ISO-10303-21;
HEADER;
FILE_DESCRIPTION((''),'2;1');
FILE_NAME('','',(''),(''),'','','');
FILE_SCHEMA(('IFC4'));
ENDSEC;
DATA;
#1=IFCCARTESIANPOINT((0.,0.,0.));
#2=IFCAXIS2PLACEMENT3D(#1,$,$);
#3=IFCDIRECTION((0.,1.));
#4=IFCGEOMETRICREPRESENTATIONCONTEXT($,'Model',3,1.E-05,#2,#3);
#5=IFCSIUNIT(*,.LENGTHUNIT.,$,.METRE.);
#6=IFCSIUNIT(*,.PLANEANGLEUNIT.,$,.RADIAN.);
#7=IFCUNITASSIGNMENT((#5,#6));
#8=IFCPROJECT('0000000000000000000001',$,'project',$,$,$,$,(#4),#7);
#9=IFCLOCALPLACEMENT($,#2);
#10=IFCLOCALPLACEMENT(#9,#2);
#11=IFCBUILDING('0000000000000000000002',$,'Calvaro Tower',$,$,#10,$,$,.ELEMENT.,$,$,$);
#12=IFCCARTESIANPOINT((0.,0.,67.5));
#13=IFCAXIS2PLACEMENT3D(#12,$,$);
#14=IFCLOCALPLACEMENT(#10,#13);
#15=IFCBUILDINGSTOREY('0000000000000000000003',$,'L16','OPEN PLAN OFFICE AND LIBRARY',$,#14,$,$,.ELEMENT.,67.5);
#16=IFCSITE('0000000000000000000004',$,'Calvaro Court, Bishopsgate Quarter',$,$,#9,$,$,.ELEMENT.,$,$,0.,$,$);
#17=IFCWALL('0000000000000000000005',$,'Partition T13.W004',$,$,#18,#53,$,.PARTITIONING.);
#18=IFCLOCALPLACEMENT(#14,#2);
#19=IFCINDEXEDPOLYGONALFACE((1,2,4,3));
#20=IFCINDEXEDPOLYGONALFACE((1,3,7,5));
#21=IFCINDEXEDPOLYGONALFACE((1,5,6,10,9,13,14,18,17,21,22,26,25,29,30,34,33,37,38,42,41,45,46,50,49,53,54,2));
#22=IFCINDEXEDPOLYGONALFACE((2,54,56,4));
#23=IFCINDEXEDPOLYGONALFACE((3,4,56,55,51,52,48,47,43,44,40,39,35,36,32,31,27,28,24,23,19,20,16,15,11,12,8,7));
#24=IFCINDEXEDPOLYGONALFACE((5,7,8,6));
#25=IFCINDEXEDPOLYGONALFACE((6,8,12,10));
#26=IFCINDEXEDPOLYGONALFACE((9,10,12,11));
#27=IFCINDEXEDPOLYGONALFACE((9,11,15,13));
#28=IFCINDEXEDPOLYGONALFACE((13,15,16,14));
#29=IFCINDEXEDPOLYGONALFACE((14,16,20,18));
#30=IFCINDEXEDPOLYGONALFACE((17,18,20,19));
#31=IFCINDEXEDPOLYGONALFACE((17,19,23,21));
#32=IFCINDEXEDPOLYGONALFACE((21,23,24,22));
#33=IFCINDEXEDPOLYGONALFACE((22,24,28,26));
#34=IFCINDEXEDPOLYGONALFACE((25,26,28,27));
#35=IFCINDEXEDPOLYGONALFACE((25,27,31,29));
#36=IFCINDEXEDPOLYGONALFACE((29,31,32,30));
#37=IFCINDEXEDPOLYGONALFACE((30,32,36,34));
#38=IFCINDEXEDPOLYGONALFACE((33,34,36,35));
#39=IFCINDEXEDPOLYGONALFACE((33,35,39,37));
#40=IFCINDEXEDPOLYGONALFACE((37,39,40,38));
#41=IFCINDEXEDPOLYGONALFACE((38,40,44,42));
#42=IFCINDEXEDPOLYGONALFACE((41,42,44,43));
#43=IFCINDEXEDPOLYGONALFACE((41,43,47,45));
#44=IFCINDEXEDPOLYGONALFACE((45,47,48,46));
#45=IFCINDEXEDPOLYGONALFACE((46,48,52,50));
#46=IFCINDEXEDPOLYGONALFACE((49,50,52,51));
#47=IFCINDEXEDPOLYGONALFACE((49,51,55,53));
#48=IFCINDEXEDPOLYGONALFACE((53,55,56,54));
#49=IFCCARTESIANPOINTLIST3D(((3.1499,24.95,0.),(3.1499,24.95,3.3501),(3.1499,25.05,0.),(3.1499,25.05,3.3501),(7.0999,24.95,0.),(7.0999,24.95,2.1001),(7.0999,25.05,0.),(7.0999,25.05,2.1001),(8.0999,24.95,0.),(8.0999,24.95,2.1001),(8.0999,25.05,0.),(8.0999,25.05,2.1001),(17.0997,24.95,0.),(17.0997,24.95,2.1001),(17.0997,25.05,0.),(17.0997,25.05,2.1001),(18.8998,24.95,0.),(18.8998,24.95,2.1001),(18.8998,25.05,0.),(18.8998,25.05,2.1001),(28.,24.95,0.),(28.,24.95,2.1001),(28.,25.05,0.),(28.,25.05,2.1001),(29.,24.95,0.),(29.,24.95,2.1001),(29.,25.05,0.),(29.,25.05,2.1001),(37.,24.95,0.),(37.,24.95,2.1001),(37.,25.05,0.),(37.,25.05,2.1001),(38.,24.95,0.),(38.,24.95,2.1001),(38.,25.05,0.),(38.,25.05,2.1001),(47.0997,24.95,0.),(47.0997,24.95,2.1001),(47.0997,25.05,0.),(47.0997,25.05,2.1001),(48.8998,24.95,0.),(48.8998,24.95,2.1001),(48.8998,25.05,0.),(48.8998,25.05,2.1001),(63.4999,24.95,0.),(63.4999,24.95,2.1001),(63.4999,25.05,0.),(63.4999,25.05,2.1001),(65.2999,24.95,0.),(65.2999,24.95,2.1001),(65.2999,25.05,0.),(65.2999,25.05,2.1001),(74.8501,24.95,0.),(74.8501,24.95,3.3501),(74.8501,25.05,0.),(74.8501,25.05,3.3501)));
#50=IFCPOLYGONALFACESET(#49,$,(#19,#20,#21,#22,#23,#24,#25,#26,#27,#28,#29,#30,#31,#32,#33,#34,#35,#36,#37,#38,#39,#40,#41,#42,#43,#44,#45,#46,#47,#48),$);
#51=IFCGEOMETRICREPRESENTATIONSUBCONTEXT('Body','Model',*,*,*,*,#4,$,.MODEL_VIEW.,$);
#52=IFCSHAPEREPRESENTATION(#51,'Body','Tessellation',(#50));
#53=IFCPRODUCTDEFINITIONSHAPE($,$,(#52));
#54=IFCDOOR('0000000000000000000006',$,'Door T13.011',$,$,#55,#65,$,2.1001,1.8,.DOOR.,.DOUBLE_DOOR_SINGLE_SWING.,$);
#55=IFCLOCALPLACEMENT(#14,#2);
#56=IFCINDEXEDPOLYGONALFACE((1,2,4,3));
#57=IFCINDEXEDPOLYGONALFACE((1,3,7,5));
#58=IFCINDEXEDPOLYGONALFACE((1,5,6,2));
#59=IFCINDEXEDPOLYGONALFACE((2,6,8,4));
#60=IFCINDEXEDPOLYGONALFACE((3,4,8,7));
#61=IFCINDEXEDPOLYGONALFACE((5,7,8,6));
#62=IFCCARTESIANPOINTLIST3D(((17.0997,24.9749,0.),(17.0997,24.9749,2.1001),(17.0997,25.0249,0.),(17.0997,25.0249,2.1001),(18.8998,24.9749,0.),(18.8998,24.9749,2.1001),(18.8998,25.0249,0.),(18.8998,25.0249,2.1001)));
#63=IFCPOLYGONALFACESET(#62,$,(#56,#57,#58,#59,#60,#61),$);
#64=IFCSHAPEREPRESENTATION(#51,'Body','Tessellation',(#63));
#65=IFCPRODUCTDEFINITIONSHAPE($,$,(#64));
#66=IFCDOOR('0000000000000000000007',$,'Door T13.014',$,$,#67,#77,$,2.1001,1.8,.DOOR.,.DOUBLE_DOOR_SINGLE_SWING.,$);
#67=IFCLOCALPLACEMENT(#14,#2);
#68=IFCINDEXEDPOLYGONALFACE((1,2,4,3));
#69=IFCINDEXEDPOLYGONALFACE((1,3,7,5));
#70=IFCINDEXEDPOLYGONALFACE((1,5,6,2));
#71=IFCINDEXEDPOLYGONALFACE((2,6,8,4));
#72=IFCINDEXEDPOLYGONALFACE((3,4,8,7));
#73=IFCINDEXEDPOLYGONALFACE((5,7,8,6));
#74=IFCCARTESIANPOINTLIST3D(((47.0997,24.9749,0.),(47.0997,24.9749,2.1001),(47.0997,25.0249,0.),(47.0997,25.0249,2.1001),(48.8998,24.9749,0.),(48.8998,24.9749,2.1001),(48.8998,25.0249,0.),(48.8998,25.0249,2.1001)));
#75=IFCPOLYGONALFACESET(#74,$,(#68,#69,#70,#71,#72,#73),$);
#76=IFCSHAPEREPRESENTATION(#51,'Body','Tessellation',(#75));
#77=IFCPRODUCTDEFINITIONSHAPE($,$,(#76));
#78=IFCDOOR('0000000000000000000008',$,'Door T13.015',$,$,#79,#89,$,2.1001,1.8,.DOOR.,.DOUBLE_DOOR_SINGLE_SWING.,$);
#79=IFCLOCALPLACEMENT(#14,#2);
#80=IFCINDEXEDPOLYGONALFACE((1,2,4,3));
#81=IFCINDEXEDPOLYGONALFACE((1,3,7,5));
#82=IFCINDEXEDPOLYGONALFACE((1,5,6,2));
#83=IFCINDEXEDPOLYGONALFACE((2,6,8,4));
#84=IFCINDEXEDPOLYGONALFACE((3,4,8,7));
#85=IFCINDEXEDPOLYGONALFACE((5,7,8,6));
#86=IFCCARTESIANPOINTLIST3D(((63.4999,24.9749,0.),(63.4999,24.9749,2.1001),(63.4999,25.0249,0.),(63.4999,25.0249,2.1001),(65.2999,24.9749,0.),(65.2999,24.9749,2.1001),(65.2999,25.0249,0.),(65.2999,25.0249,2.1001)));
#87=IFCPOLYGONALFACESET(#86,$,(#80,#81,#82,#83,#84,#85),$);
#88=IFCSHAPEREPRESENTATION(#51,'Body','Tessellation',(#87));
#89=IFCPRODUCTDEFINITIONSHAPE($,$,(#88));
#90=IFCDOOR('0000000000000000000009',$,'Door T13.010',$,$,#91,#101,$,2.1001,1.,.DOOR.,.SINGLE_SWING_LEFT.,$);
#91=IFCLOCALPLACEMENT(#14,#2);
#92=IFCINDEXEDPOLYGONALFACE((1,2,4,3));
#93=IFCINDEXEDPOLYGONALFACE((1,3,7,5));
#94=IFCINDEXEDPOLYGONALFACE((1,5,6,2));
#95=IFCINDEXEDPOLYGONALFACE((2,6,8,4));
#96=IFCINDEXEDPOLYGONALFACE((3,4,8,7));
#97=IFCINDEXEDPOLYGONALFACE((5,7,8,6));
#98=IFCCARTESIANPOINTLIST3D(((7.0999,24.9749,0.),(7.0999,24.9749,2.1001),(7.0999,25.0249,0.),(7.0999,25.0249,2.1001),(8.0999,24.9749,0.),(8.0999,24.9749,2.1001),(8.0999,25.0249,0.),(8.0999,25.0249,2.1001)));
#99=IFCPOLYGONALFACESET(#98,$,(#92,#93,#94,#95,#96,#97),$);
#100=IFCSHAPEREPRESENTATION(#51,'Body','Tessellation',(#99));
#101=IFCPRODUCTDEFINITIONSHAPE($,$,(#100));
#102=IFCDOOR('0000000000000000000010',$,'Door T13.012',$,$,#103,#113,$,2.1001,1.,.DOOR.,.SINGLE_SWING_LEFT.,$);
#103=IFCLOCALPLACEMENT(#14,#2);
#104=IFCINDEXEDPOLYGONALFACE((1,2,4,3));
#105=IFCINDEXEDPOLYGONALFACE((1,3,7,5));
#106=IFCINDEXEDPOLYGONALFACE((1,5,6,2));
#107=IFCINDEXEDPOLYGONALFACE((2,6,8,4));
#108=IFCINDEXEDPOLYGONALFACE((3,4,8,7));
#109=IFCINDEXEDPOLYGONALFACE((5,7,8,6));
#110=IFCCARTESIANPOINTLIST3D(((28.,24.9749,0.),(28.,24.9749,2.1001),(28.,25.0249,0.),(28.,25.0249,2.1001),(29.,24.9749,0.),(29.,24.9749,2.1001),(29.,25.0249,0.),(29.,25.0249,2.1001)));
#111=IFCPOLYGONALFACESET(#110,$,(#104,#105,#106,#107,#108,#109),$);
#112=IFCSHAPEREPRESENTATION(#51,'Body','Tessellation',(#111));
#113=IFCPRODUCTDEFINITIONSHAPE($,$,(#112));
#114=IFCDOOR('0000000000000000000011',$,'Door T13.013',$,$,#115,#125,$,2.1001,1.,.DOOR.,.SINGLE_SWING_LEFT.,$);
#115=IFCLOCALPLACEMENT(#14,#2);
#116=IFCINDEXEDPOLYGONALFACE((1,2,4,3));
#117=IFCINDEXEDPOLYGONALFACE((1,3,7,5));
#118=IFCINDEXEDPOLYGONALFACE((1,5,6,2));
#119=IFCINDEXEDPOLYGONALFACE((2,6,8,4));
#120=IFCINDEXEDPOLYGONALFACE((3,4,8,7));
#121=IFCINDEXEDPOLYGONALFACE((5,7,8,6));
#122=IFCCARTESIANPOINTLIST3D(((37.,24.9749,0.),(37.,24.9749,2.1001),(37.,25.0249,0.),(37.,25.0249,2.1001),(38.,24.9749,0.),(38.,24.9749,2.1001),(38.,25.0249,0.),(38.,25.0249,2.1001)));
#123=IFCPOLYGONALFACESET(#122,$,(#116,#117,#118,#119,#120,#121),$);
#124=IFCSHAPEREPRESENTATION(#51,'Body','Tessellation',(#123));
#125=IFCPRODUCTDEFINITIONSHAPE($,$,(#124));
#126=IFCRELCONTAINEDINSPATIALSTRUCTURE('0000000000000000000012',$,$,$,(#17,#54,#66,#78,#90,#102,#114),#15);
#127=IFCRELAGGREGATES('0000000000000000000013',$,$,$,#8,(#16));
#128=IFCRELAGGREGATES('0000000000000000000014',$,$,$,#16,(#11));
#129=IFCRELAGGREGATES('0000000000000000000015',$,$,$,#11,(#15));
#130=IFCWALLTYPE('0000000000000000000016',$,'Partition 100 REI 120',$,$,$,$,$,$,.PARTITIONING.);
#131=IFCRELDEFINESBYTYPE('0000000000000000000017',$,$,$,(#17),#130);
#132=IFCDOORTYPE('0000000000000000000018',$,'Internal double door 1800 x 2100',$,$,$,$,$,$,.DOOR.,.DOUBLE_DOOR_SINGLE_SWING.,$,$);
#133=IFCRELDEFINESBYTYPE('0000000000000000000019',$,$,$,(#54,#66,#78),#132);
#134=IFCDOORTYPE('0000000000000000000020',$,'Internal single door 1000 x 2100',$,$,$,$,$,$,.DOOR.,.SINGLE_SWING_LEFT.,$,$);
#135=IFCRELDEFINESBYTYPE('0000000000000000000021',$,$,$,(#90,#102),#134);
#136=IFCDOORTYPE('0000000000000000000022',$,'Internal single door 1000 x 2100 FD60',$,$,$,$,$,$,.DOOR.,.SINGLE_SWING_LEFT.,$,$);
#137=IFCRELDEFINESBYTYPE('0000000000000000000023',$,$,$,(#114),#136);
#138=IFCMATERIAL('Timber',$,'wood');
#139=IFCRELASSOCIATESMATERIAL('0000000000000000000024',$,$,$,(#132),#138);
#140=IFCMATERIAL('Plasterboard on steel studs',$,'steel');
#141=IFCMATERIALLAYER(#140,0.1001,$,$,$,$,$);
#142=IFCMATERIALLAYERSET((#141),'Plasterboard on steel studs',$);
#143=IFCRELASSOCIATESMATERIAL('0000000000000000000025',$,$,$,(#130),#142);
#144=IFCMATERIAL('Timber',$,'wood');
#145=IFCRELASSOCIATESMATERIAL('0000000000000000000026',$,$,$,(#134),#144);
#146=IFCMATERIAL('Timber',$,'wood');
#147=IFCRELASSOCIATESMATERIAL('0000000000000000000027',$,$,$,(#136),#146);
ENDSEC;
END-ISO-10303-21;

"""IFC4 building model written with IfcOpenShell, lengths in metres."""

from ifc_helpers import new_model, si_unit, direction, frame, frame_2d, origin, place, context, subcontext, project, spatial, rectangle, extrude, material, layer, layer_set, type_object, element, fill, save


model = new_model("IFC4")

# Units and contexts
model_context = context("Model", 3, precision=1e-05, world=origin(), true_north=direction((0.0, 1.0)))
body_context = subcontext(model_context, "Body", "Model", "MODEL_VIEW")
ifc_project = project(units=[si_unit("LENGTHUNIT", "METRE"), si_unit("PLANEANGLEUNIT", "RADIAN")], contexts=[model_context])

# Site, building, storey
site_placement = place(None, origin())
site = spatial("IfcSite", under=ifc_project, at=site_placement, Name="Calvaro Court, Bishopsgate Quarter", CompositionType="ELEMENT", RefElevation=0.0)
building_placement = place(site_placement, origin())
building = spatial("IfcBuilding", under=site, at=building_placement, Name="Calvaro Tower", CompositionType="ELEMENT")
storey_placement = place(building_placement, frame((0.0, 0.0, 67.5)))
storey = spatial("IfcBuildingStorey", under=building, at=storey_placement, Name="L16", Description="OPEN PLAN OFFICE AND LIBRARY", CompositionType="ELEMENT", Elevation=67.5)

# Shared definitions
ifc_material_1 = material(Name="Timber", Category="wood")
door_type_1 = type_object("IfcDoorType", Name="Internal double door 1800 x 2100", OperationType="DOUBLE_DOOR_SINGLE_SWING", PredefinedType="DOOR", material=ifc_material_1)

# Shared definitions
ifc_material_2 = material(Name="Plasterboard on steel studs", Category="steel")
ifc_layer_1 = layer(ifc_material_2, 0.1001)
ifc_layer_set_1 = layer_set([ifc_layer_1], Name="Plasterboard on steel studs")
wall_type_1 = type_object("IfcWallType", Name="Partition 100 REI 120", PredefinedType="PARTITIONING", material=ifc_layer_set_1)

# Wall, openings, doors
wall_1_placement = place(storey_placement, frame((3.1499, 25.0, 0.0), z_axis=(0.0, 0.0, 1.0), x_axis=(1.0, 0.0, 0.0)))
wall_1 = element("IfcWall", 1, at=wall_1_placement, inside=storey, type_object=wall_type_1, Name="Partition T13.W004", PredefinedType="PARTITIONING", context=body_context, shape_type="SweptSolid", body=[
    extrude(rectangle(XDim=71.7002, YDim=0.1001, at=frame_2d((35.8501, 0.0))), origin(), (0.0, 0.0, 1.0), 3.3501),
])
opening_1_placement = place(wall_1_placement, frame((3.95, 0.0, 0.0)))
opening_1 = element("IfcOpeningElement", 2, at=opening_1_placement, cuts=wall_1, PredefinedType="OPENING", context=body_context, shape_type="SweptSolid", body=[
    extrude(rectangle(XDim=1.0, YDim=2.1001, at=frame_2d((0.5, 1.05))), frame((0.0, 0.0601, 0.0), z_axis=(0.0, -1.0, 0.0), x_axis=(1.0, 0.0, 0.0)), (0.0, 0.0, 1.0), 0.1201),
])
opening_2_placement = place(wall_1_placement, frame((13.95, 0.0, 0.0)))
opening_2 = element("IfcOpeningElement", 3, at=opening_2_placement, cuts=wall_1, PredefinedType="OPENING", context=body_context, shape_type="SweptSolid", body=[
    extrude(rectangle(XDim=1.8, YDim=2.1001, at=frame_2d((0.8999, 1.05))), frame((0.0, 0.0601, 0.0), z_axis=(0.0, -1.0, 0.0), x_axis=(1.0, 0.0, 0.0)), (0.0, 0.0, 1.0), 0.1201),
])
opening_3_placement = place(wall_1_placement, frame((24.8501, 0.0, 0.0)))
opening_3 = element("IfcOpeningElement", 4, at=opening_3_placement, cuts=wall_1, PredefinedType="OPENING", context=body_context, shape_type="SweptSolid", body=[
    extrude(rectangle(XDim=1.0, YDim=2.1001, at=frame_2d((0.5, 1.05))), frame((0.0, 0.0601, 0.0), z_axis=(0.0, -1.0, 0.0), x_axis=(1.0, 0.0, 0.0)), (0.0, 0.0, 1.0), 0.1201),
])
opening_4_placement = place(wall_1_placement, frame((33.8501, 0.0, 0.0)))
opening_4 = element("IfcOpeningElement", 5, at=opening_4_placement, cuts=wall_1, PredefinedType="OPENING", context=body_context, shape_type="SweptSolid", body=[
    extrude(rectangle(XDim=1.0, YDim=2.1001, at=frame_2d((0.5, 1.05))), frame((0.0, 0.0601, 0.0), z_axis=(0.0, -1.0, 0.0), x_axis=(1.0, 0.0, 0.0)), (0.0, 0.0, 1.0), 0.1201),
])
opening_5_placement = place(wall_1_placement, frame((43.95, 0.0, 0.0)))
opening_5 = element("IfcOpeningElement", 6, at=opening_5_placement, cuts=wall_1, PredefinedType="OPENING", context=body_context, shape_type="SweptSolid", body=[
    extrude(rectangle(XDim=1.8, YDim=2.1001, at=frame_2d((0.8999, 1.05))), frame((0.0, 0.0601, 0.0), z_axis=(0.0, -1.0, 0.0), x_axis=(1.0, 0.0, 0.0)), (0.0, 0.0, 1.0), 0.1201),
])
opening_6_placement = place(wall_1_placement, frame((60.3501, 0.0, 0.0)))
opening_6 = element("IfcOpeningElement", 7, at=opening_6_placement, cuts=wall_1, PredefinedType="OPENING", context=body_context, shape_type="SweptSolid", body=[
    extrude(rectangle(XDim=1.8, YDim=2.1001, at=frame_2d((0.8999, 1.05))), frame((0.0, 0.0601, 0.0), z_axis=(0.0, -1.0, 0.0), x_axis=(1.0, 0.0, 0.0)), (0.0, 0.0, 1.0), 0.1201),
])
door_1_placement = place(opening_2_placement, origin())
door_1 = element("IfcDoor", 8, at=door_1_placement, inside=storey, type_object=door_type_1, Name="Door T13.011", OperationType="DOUBLE_DOOR_SINGLE_SWING", OverallHeight=2.1001, OverallWidth=1.8, PredefinedType="DOOR", context=body_context, shape_type="SweptSolid", body=[
    extrude(rectangle(XDim=1.8, YDim=2.1001, at=frame_2d((0.8999, 1.05))), frame((0.0, 0.0249, 0.0), z_axis=(0.0, -1.0, 0.0), x_axis=(1.0, 0.0, 0.0)), (0.0, 0.0, 1.0), 0.05),
])
fill(opening_2, door_1)
door_2_placement = place(opening_5_placement, origin())
door_2 = element("IfcDoor", 9, at=door_2_placement, inside=storey, type_object=door_type_1, Name="Door T13.014", OperationType="DOUBLE_DOOR_SINGLE_SWING", OverallHeight=2.1001, OverallWidth=1.8, PredefinedType="DOOR", context=body_context, shape_type="SweptSolid", body=[
    extrude(rectangle(XDim=1.8, YDim=2.1001, at=frame_2d((0.8999, 1.05))), frame((0.0, 0.0249, 0.0), z_axis=(0.0, -1.0, 0.0), x_axis=(1.0, 0.0, 0.0)), (0.0, 0.0, 1.0), 0.05),
])
fill(opening_5, door_2)
door_3_placement = place(opening_6_placement, origin())
door_3 = element("IfcDoor", 10, at=door_3_placement, inside=storey, type_object=door_type_1, Name="Door T13.015", OperationType="DOUBLE_DOOR_SINGLE_SWING", OverallHeight=2.1001, OverallWidth=1.8, PredefinedType="DOOR", context=body_context, shape_type="SweptSolid", body=[
    extrude(rectangle(XDim=1.8, YDim=2.1001, at=frame_2d((0.8999, 1.05))), frame((0.0, 0.0249, 0.0), z_axis=(0.0, -1.0, 0.0), x_axis=(1.0, 0.0, 0.0)), (0.0, 0.0, 1.0), 0.05),
])
fill(opening_6, door_3)
ifc_material_3 = material(Name="Timber", Category="wood")
door_type_2 = type_object("IfcDoorType", Name="Internal single door 1000 x 2100", OperationType="SINGLE_SWING_LEFT", PredefinedType="DOOR", material=ifc_material_3)
door_4_placement = place(opening_1_placement, origin())
door_4 = element("IfcDoor", 11, at=door_4_placement, inside=storey, type_object=door_type_2, Name="Door T13.010", OperationType="SINGLE_SWING_LEFT", OverallHeight=2.1001, OverallWidth=1.0, PredefinedType="DOOR", context=body_context, shape_type="SweptSolid", body=[
    extrude(rectangle(XDim=1.0, YDim=2.1001, at=frame_2d((0.5, 1.05))), frame((0.0, 0.0249, 0.0), z_axis=(0.0, -1.0, 0.0), x_axis=(1.0, 0.0, 0.0)), (0.0, 0.0, 1.0), 0.05),
])
fill(opening_1, door_4)
door_5_placement = place(opening_3_placement, origin())
door_5 = element("IfcDoor", 12, at=door_5_placement, inside=storey, type_object=door_type_2, Name="Door T13.012", OperationType="SINGLE_SWING_LEFT", OverallHeight=2.1001, OverallWidth=1.0, PredefinedType="DOOR", context=body_context, shape_type="SweptSolid", body=[
    extrude(rectangle(XDim=1.0, YDim=2.1001, at=frame_2d((0.5, 1.05))), frame((0.0, 0.0249, 0.0), z_axis=(0.0, -1.0, 0.0), x_axis=(1.0, 0.0, 0.0)), (0.0, 0.0, 1.0), 0.05),
])
fill(opening_3, door_5)
ifc_material_4 = material(Name="Timber", Category="wood")
door_type_3 = type_object("IfcDoorType", Name="Internal single door 1000 x 2100 FD60", OperationType="SINGLE_SWING_LEFT", PredefinedType="DOOR", material=ifc_material_4)
door_6_placement = place(opening_4_placement, origin())
door_6 = element("IfcDoor", 13, at=door_6_placement, inside=storey, type_object=door_type_3, Name="Door T13.013", OperationType="SINGLE_SWING_LEFT", OverallHeight=2.1001, OverallWidth=1.0, PredefinedType="DOOR", context=body_context, shape_type="SweptSolid", body=[
    extrude(rectangle(XDim=1.0, YDim=2.1001, at=frame_2d((0.5, 1.05))), frame((0.0, 0.0249, 0.0), z_axis=(0.0, -1.0, 0.0), x_axis=(1.0, 0.0, 0.0)), (0.0, 0.0, 1.0), 0.05),
])
fill(opening_4, door_6)

save(model, "model.ifc")
